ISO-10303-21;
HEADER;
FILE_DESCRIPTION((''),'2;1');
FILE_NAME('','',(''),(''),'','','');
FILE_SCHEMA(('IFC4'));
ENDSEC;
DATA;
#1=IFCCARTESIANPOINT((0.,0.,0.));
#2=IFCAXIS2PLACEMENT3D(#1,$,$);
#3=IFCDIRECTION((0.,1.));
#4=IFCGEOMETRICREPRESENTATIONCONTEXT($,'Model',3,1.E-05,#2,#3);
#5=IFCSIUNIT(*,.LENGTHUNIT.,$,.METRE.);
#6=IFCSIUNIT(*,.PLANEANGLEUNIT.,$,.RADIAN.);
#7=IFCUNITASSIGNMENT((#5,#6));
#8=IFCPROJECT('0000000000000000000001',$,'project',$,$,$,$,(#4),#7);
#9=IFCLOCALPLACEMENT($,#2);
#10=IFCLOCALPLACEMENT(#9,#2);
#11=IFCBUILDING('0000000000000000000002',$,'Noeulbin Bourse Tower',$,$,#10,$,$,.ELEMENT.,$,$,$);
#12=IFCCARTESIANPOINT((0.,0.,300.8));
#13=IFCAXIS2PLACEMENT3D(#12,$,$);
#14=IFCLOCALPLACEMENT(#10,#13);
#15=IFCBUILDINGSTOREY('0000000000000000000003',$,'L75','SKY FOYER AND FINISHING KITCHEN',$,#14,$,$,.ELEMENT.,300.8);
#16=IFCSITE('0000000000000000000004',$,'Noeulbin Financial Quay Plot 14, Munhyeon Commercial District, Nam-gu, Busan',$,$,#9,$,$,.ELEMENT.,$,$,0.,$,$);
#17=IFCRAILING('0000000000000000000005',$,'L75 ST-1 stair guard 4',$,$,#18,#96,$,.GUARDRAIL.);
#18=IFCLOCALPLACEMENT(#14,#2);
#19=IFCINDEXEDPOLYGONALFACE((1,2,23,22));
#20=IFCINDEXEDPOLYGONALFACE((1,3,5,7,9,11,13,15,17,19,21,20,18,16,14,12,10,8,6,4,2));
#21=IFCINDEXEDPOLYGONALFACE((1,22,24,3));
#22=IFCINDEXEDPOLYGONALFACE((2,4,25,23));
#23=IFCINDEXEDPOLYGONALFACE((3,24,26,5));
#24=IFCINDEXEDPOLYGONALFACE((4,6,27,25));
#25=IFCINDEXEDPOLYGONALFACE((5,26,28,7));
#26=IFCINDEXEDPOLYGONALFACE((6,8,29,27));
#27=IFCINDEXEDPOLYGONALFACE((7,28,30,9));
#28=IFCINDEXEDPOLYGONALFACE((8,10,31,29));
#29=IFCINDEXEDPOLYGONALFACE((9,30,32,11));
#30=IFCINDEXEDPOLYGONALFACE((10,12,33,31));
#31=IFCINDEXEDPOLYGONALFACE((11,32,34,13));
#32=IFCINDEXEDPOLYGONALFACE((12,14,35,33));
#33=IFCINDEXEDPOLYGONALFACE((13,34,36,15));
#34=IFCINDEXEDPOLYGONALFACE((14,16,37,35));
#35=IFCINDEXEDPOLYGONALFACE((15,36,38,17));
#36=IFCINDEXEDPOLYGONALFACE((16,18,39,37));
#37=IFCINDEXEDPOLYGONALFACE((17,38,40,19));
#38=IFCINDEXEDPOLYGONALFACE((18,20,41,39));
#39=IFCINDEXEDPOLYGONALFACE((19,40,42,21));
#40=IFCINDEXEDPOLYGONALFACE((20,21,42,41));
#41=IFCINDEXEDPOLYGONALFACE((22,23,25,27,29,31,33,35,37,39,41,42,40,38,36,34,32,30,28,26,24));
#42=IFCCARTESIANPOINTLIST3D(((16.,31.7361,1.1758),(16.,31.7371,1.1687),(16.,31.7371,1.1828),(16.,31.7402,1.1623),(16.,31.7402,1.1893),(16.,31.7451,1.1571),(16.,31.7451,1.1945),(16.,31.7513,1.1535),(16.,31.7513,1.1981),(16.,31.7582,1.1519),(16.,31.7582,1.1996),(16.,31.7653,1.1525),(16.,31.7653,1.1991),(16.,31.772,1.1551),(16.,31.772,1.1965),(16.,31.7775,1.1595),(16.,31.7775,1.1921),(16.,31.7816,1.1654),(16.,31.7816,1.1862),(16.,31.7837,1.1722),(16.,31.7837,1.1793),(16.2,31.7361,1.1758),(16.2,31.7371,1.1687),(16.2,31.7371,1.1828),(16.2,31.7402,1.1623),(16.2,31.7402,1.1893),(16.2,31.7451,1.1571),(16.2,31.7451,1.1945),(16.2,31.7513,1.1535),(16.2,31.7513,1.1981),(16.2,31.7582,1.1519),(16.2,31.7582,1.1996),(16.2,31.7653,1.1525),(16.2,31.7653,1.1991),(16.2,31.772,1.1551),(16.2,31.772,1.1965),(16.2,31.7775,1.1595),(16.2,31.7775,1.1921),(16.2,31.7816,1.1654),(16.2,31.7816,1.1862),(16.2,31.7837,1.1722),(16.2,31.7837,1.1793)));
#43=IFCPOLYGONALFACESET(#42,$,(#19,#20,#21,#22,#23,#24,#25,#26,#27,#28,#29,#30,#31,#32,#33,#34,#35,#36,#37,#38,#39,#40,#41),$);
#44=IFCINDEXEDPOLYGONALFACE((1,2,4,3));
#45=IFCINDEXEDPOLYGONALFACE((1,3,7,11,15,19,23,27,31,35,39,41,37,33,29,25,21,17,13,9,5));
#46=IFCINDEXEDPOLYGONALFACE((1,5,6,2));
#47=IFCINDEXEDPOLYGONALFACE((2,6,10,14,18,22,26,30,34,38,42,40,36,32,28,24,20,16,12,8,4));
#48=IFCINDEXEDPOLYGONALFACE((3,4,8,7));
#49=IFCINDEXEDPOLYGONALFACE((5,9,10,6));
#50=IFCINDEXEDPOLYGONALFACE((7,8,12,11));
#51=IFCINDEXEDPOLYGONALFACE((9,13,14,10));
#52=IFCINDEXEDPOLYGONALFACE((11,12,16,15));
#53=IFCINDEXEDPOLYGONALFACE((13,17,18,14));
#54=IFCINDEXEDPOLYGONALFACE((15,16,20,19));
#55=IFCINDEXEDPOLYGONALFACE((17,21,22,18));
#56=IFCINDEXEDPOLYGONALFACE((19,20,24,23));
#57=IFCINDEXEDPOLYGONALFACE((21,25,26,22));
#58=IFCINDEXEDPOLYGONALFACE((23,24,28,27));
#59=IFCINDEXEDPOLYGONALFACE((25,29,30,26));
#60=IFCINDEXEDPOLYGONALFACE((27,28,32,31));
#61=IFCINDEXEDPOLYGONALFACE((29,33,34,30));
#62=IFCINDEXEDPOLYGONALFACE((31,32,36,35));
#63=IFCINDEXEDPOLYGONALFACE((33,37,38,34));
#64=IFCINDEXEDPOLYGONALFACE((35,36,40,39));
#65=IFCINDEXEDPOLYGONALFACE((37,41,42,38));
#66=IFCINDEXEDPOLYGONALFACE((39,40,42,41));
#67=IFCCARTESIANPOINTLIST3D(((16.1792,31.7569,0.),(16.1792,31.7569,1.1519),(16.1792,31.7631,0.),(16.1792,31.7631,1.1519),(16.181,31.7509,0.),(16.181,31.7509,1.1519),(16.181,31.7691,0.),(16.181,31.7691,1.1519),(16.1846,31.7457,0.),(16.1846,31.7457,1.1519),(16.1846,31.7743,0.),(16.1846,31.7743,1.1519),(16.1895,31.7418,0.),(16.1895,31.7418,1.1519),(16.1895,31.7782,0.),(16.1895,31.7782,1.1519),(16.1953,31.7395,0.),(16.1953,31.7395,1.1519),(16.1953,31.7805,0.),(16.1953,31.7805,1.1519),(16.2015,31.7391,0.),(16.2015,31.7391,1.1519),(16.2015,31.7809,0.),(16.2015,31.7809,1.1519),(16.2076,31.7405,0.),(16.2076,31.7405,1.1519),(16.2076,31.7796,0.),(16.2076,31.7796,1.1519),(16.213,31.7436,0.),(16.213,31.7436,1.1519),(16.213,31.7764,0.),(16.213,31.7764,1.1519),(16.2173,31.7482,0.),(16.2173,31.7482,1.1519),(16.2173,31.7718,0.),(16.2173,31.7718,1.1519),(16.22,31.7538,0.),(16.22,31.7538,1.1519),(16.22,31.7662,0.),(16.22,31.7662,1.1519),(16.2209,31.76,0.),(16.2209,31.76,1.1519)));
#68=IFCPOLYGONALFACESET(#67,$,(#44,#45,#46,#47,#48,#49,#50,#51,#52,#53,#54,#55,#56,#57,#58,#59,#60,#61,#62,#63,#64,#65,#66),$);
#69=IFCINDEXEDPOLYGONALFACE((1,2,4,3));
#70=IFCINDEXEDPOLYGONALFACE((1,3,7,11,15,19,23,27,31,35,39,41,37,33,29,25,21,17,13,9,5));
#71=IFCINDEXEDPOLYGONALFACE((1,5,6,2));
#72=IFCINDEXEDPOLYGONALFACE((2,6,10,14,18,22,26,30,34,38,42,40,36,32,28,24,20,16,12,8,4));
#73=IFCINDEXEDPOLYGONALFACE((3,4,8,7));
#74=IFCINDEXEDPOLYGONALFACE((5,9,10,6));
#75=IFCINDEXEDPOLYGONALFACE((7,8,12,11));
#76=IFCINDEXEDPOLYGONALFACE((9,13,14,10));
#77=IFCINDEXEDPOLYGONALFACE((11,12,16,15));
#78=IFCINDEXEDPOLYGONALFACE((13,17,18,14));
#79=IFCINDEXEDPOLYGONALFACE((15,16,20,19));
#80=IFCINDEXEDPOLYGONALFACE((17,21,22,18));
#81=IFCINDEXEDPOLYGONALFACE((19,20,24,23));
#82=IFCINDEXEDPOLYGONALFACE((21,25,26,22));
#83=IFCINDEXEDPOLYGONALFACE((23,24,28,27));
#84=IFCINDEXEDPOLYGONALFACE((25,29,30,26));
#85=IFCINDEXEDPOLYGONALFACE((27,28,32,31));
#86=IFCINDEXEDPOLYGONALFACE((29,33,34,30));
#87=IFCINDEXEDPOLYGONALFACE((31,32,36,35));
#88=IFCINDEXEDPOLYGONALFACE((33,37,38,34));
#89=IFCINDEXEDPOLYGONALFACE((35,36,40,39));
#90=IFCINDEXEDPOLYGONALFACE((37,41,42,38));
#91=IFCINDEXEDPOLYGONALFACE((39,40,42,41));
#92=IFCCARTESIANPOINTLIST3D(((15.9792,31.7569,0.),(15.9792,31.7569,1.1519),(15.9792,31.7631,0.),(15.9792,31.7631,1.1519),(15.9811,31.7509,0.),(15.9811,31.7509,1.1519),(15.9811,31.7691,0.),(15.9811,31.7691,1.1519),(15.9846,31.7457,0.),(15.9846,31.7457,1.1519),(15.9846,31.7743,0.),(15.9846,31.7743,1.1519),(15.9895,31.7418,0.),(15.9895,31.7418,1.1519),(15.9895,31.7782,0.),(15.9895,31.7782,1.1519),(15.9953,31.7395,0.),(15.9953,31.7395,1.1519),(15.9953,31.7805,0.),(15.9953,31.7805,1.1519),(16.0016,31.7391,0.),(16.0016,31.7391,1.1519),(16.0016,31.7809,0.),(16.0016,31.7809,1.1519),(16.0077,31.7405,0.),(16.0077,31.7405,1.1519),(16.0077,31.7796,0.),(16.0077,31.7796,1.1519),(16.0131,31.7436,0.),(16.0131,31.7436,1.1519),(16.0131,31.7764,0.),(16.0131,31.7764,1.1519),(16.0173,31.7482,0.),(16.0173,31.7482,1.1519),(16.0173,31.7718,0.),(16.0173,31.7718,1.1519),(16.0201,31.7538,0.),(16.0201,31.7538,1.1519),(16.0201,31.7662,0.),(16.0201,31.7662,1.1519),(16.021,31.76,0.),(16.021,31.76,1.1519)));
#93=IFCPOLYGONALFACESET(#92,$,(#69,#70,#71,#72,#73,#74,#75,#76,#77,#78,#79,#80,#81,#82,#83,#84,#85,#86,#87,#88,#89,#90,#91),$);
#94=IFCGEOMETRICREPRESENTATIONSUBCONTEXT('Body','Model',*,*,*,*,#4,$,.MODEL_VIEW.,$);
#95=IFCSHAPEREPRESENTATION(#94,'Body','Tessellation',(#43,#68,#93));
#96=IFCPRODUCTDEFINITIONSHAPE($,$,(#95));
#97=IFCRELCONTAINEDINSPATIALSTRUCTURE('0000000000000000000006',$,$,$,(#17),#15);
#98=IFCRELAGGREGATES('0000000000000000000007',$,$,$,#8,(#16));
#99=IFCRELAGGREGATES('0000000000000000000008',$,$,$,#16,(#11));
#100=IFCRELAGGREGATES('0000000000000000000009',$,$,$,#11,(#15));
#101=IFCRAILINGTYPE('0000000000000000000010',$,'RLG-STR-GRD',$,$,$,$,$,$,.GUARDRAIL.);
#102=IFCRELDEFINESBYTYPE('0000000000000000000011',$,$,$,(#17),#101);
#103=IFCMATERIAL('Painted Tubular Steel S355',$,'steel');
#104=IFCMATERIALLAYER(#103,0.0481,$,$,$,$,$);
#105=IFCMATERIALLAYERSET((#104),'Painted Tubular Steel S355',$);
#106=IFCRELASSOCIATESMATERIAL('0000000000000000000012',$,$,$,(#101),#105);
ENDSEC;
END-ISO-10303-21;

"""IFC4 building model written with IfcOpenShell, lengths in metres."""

from ifc_helpers import new_model, si_unit, direction, frame, origin, origin_2d, place, context, subcontext, project, spatial, circle, extrude, material, layer, layer_set, type_object, element, save


model = new_model("IFC4")

# Units and contexts
model_context = context("Model", 3, precision=1e-05, world=origin(), true_north=direction((0.0, 1.0)))
body_context = subcontext(model_context, "Body", "Model", "MODEL_VIEW")
ifc_project = project(units=[si_unit("LENGTHUNIT", "METRE"), si_unit("PLANEANGLEUNIT", "RADIAN")], contexts=[model_context])

# Site, building, storey
site_placement = place(None, origin())
site = spatial("IfcSite", under=ifc_project, at=site_placement, Name="Noeulbin Financial Quay Plot 14, Munhyeon Commercial District, Nam-gu, Busan", CompositionType="ELEMENT", RefElevation=0.0)
building_placement = place(site_placement, origin())
building = spatial("IfcBuilding", under=site, at=building_placement, Name="Noeulbin Bourse Tower", CompositionType="ELEMENT")
storey_placement = place(building_placement, frame((0.0, 0.0, 300.8)))
storey = spatial("IfcBuildingStorey", under=building, at=storey_placement, Name="L75", Description="SKY FOYER AND FINISHING KITCHEN", CompositionType="ELEMENT", Elevation=300.8)

# Railing
ifc_material_1 = material(Name="Painted Tubular Steel S355", Category="steel")
ifc_layer_1 = layer(ifc_material_1, 0.0481)
ifc_layer_set_1 = layer_set([ifc_layer_1], Name="Painted Tubular Steel S355")
railing_type_1 = type_object("IfcRailingType", Name="RLG-STR-GRD", PredefinedType="GUARDRAIL", material=ifc_layer_set_1)
railing_1_placement = place(storey_placement, frame((16.2, 31.76, 0.0)))
element("IfcRailing", 1, at=railing_1_placement, inside=storey, type_object=railing_type_1, Name="L75 ST-1 stair guard 4", PredefinedType="GUARDRAIL", context=body_context, shape_type="SweptSolid", body=[
    extrude(circle(Radius=0.0239, at=origin_2d()), frame((0.0, 0.0, 1.1758), z_axis=(-1.0, 0.0, 0.0), x_axis=(0.0, -1.0, 0.0)), (0.0, 0.0, 1.0), 0.2),
    extrude(circle(Radius=0.021, at=origin_2d()), origin(), (0.0, 0.0, 1.0), 1.1519),
    extrude(circle(Radius=0.021, at=origin_2d()), frame((-0.2, 0.0, 0.0)), (0.0, 0.0, 1.0), 1.1519),
])

save(model, "model.ifc")
